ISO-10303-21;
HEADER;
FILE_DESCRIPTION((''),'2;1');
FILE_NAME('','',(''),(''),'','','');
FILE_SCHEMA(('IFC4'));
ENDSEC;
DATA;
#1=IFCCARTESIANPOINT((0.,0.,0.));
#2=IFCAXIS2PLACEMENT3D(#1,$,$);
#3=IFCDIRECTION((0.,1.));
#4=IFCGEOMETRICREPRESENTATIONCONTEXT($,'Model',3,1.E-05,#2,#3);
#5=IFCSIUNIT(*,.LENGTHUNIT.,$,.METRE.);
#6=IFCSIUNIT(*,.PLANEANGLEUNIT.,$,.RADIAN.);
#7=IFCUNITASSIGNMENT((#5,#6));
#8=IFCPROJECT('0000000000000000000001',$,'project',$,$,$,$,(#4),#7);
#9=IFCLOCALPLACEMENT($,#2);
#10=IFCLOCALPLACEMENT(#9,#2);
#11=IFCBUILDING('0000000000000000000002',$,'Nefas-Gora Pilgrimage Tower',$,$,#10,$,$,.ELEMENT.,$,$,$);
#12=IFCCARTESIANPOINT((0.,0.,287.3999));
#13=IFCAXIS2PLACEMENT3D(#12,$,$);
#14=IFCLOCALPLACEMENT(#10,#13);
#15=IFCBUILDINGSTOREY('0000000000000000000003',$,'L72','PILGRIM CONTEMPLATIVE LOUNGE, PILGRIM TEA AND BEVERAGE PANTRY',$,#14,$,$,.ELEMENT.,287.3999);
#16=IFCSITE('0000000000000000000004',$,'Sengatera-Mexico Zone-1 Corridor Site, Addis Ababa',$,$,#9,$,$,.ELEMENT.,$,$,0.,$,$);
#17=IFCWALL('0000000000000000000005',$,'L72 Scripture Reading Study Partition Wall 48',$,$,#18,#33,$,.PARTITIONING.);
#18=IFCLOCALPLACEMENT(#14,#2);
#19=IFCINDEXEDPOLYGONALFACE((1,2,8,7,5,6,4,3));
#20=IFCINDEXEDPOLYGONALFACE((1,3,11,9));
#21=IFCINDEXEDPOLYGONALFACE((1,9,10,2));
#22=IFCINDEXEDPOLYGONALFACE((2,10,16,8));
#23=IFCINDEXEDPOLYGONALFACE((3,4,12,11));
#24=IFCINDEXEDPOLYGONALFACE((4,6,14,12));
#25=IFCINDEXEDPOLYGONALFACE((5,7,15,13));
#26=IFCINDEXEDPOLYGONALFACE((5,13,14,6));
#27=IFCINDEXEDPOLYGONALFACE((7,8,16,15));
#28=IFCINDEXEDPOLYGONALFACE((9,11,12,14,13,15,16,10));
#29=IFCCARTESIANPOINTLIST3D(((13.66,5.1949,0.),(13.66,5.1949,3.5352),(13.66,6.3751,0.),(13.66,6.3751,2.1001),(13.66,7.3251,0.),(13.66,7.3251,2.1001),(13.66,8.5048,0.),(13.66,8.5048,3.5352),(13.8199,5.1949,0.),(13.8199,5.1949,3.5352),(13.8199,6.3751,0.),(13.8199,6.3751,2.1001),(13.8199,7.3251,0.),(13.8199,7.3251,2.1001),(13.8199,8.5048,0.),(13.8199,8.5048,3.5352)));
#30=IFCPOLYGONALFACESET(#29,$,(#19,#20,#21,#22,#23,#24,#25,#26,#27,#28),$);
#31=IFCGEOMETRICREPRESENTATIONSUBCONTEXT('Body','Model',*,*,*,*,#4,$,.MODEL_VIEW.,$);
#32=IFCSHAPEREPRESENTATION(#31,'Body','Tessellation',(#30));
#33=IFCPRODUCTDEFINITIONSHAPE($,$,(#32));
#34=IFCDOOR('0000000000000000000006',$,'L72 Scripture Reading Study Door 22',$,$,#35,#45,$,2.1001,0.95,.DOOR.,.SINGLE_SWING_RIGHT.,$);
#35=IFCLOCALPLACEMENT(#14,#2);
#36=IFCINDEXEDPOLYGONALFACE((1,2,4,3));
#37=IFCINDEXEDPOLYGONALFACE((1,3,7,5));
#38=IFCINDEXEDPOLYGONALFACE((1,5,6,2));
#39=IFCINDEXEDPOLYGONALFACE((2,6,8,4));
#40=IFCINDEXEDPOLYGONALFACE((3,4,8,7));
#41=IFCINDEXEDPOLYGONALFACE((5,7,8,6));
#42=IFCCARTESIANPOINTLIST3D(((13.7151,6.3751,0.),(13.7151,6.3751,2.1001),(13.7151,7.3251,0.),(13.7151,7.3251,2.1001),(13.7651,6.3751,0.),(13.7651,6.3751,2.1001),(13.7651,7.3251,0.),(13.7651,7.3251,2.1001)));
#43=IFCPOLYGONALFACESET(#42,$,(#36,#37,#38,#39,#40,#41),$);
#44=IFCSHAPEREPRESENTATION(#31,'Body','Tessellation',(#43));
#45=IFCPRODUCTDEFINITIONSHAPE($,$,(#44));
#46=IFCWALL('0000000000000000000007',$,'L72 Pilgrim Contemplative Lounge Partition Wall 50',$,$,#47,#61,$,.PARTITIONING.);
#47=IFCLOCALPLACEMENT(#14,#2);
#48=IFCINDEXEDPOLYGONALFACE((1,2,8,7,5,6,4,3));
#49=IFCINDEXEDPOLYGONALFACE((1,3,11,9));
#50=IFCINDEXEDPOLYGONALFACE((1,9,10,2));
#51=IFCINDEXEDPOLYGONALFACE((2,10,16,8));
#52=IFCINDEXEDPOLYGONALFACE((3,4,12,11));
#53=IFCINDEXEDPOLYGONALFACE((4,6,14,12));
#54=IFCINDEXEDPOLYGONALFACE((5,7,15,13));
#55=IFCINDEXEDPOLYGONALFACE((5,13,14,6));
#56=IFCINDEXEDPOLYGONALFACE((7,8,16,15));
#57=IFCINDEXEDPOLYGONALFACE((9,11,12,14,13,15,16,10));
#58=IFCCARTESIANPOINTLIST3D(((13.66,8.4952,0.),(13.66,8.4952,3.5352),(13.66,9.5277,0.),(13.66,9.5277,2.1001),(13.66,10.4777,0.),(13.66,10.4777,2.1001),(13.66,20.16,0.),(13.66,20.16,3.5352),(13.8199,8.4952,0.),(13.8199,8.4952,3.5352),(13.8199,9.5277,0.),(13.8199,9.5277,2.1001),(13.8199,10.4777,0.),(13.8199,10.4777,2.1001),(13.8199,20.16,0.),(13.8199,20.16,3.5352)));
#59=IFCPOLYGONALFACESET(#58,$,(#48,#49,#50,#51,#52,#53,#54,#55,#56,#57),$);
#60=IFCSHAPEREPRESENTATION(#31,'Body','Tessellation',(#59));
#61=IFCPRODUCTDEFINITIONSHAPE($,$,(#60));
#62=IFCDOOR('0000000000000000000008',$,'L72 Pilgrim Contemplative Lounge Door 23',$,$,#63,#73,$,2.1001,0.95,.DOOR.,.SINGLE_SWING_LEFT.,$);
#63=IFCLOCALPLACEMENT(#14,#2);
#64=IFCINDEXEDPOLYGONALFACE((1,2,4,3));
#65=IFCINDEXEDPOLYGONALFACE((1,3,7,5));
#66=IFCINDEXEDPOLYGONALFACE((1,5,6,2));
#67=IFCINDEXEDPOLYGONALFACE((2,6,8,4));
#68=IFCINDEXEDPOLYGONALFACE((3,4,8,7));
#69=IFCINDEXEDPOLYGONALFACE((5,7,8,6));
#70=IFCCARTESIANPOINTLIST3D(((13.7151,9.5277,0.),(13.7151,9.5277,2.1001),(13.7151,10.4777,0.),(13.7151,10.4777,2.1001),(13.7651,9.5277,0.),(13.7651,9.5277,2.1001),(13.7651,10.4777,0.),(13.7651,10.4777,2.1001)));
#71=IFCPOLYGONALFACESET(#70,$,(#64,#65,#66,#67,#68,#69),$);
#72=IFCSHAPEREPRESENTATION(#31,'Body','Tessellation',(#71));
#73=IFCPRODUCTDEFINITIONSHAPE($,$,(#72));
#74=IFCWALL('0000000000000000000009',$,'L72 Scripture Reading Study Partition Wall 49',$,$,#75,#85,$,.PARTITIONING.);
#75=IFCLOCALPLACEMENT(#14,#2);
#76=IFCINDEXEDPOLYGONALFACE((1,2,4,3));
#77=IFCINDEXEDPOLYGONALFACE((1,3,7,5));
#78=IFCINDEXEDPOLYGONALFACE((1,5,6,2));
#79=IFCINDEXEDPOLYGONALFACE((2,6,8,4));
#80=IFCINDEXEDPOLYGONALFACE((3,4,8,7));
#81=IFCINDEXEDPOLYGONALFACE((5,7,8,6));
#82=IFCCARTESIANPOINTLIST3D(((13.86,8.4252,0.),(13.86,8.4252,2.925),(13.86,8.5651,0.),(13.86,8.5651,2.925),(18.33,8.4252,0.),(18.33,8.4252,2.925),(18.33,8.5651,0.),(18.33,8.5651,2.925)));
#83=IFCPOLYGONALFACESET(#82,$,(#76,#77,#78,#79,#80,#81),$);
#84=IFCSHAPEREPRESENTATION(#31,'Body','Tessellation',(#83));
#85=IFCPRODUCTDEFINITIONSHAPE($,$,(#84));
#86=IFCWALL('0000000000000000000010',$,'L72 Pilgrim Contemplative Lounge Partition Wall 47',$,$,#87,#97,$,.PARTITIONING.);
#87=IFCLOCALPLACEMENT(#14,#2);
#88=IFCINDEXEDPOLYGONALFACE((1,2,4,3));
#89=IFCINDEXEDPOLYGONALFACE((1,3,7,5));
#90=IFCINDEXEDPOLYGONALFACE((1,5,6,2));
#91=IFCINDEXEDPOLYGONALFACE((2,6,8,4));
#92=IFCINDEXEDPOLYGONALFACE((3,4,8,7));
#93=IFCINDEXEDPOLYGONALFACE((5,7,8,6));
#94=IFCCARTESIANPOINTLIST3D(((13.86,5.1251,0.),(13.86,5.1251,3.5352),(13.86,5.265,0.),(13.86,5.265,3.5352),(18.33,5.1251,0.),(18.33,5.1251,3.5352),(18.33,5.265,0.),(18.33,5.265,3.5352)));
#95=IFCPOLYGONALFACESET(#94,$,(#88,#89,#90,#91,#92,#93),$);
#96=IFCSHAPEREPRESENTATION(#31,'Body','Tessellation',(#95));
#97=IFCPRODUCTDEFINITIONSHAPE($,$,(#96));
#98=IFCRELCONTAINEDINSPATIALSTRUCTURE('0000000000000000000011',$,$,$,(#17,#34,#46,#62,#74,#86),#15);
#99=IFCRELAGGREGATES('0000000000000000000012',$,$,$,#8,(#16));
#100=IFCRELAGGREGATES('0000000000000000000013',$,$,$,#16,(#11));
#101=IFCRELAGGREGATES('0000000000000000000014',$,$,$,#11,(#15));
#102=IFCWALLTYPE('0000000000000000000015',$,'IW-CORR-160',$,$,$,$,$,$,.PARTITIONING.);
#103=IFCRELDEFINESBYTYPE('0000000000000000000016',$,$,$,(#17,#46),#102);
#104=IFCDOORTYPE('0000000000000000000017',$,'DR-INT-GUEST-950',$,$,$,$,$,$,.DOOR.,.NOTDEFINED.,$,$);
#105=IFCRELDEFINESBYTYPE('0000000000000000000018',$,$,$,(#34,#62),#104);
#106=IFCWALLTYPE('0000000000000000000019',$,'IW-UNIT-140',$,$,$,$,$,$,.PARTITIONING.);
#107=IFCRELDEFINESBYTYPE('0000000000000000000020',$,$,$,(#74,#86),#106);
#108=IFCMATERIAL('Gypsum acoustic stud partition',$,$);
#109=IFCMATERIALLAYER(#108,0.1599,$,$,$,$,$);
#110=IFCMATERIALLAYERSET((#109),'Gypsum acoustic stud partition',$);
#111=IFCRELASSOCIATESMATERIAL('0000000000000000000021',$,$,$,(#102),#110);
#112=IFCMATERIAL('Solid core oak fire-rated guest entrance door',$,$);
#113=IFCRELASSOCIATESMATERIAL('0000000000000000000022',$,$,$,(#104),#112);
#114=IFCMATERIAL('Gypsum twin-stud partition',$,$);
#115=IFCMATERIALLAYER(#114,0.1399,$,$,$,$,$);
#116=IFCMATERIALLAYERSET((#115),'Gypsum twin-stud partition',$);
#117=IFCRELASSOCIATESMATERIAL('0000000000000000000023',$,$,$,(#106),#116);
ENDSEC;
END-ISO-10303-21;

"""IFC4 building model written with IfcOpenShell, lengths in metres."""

from ifc_helpers import new_model, si_unit, direction, frame, frame_2d, origin, place, context, subcontext, project, spatial, rectangle, extrude, source, transform, mapped, material, layer, layer_set, type_object, element, fill, save


model = new_model("IFC4")

# Units and contexts
model_context = context("Model", 3, precision=1e-05, world=origin(), true_north=direction((0.0, 1.0)))
body_context = subcontext(model_context, "Body", "Model", "MODEL_VIEW")
ifc_project = project(units=[si_unit("LENGTHUNIT", "METRE"), si_unit("PLANEANGLEUNIT", "RADIAN")], contexts=[model_context])

# Site, building, storey
site_placement = place(None, origin())
site = spatial("IfcSite", under=ifc_project, at=site_placement, Name="Sengatera-Mexico Zone-1 Corridor Site, Addis Ababa", CompositionType="ELEMENT", RefElevation=0.0)
building_placement = place(site_placement, origin())
building = spatial("IfcBuilding", under=site, at=building_placement, Name="Nefas-Gora Pilgrimage Tower", CompositionType="ELEMENT")
storey_placement = place(building_placement, frame((0.0, 0.0, 287.3999)))
storey = spatial("IfcBuildingStorey", under=building, at=storey_placement, Name="L72", Description="PILGRIM CONTEMPLATIVE LOUNGE, PILGRIM TEA AND BEVERAGE PANTRY", CompositionType="ELEMENT", Elevation=287.3999)

# Walls, openings, doors
ifc_material_1 = material(Name="Gypsum acoustic stud partition")
ifc_layer_1 = layer(ifc_material_1, 0.1599)
ifc_layer_set_1 = layer_set([ifc_layer_1], Name="Gypsum acoustic stud partition")
wall_type_1 = type_object("IfcWallType", Name="IW-CORR-160", PredefinedType="PARTITIONING", material=ifc_layer_set_1)
shared_shape_1 = source(origin(), body_context, "Body", "SweptSolid", [
    extrude(rectangle(XDim=3.3098, YDim=0.1599, at=frame_2d((1.6548, 0.0))), origin(), (0.0, 0.0, 1.0), 3.5352),
])
wall_1_placement = place(storey_placement, frame((13.74, 5.1951, 0.0), z_axis=(0.0, 0.0, 1.0), x_axis=(0.0, 1.0, 0.0)))
wall_1 = element("IfcWall", 1, at=wall_1_placement, inside=storey, type_object=wall_type_1, Name="L72 Scripture Reading Study Partition Wall 48", PredefinedType="PARTITIONING", context=body_context, shape_type="MappedRepresentation", body=[
    mapped(shared_shape_1, transform((0.0, 0.0, 0.0), x_axis=(1.0, 0.0, 0.0), y_axis=(0.0, 1.0, 0.0), z_axis=(0.0, 0.0, 1.0), scale=1.0)),
])
opening_1_placement = place(wall_1_placement, frame((1.1799, 0.0, 0.0)))
opening_1 = element("IfcOpeningElement", 2, at=opening_1_placement, cuts=wall_1, PredefinedType="OPENING", context=body_context, shape_type="SweptSolid", body=[
    extrude(rectangle(XDim=0.95, YDim=2.1001, at=frame_2d((0.4751, 1.05))), frame((0.0, 0.0898, 0.0), z_axis=(0.0, -1.0, 0.0), x_axis=(1.0, 0.0, 0.0)), (0.0, 0.0, 1.0), 0.1799),
])
ifc_material_2 = material(Name="Solid core oak fire-rated guest entrance door")
door_type = type_object("IfcDoorType", Name="DR-INT-GUEST-950", OperationType="NOTDEFINED", PredefinedType="DOOR", material=ifc_material_2)
shared_shape_2 = source(origin(), body_context, "Body", "SweptSolid", [
    extrude(rectangle(XDim=0.95, YDim=2.1001, at=frame_2d((0.4751, 1.05))), frame((0.0, 0.0249, 0.0), z_axis=(0.0, -1.0, 0.0), x_axis=(1.0, 0.0, 0.0)), (0.0, 0.0, 1.0), 0.05),
])
door_1_placement = place(opening_1_placement, origin())
door_1 = element("IfcDoor", 3, at=door_1_placement, inside=storey, type_object=door_type, Name="L72 Scripture Reading Study Door 22", OperationType="SINGLE_SWING_RIGHT", OverallHeight=2.1001, OverallWidth=0.95, PredefinedType="DOOR", context=body_context, shape_type="MappedRepresentation", body=[
    mapped(shared_shape_2, transform((0.0, 0.0, 0.0), x_axis=(1.0, 0.0, 0.0), y_axis=(0.0, 1.0, 0.0), z_axis=(0.0, 0.0, 1.0), scale=1.0)),
])
fill(opening_1, door_1)
shared_shape_3 = source(origin(), body_context, "Body", "SweptSolid", [
    extrude(rectangle(XDim=11.6648, YDim=0.1599, at=frame_2d((5.8325, 0.0))), origin(), (0.0, 0.0, 1.0), 3.5352),
])
wall_2_placement = place(storey_placement, frame((13.74, 8.4951, 0.0), z_axis=(0.0, 0.0, 1.0), x_axis=(0.0, 1.0, 0.0)))
wall_2 = element("IfcWall", 4, at=wall_2_placement, inside=storey, type_object=wall_type_1, Name="L72 Pilgrim Contemplative Lounge Partition Wall 50", PredefinedType="PARTITIONING", context=body_context, shape_type="MappedRepresentation", body=[
    mapped(shared_shape_3, transform((0.0, 0.0, 0.0), x_axis=(1.0, 0.0, 0.0), y_axis=(0.0, 1.0, 0.0), z_axis=(0.0, 0.0, 1.0), scale=1.0)),
])
opening_2_placement = place(wall_2_placement, frame((1.0325, 0.0, 0.0)))
opening_2 = element("IfcOpeningElement", 5, at=opening_2_placement, cuts=wall_2, PredefinedType="OPENING", context=body_context, shape_type="SweptSolid", body=[
    extrude(rectangle(XDim=0.95, YDim=2.1001, at=frame_2d((0.4751, 1.05))), frame((0.0, 0.0898, 0.0), z_axis=(0.0, -1.0, 0.0), x_axis=(1.0, 0.0, 0.0)), (0.0, 0.0, 1.0), 0.1799),
])
door_2_placement = place(opening_2_placement, origin())
door_2 = element("IfcDoor", 6, at=door_2_placement, inside=storey, type_object=door_type, Name="L72 Pilgrim Contemplative Lounge Door 23", OperationType="SINGLE_SWING_LEFT", OverallHeight=2.1001, OverallWidth=0.95, PredefinedType="DOOR", context=body_context, shape_type="MappedRepresentation", body=[
    mapped(shared_shape_2, transform((0.0, 0.0, 0.0), x_axis=(1.0, 0.0, 0.0), y_axis=(0.0, 1.0, 0.0), z_axis=(0.0, 0.0, 1.0), scale=1.0)),
])
fill(opening_2, door_2)

# Walls
ifc_material_3 = material(Name="Gypsum twin-stud partition")
ifc_layer_2 = layer(ifc_material_3, 0.1399)
ifc_layer_set_2 = layer_set([ifc_layer_2], Name="Gypsum twin-stud partition")
wall_type_2 = type_object("IfcWallType", Name="IW-UNIT-140", PredefinedType="PARTITIONING", material=ifc_layer_set_2)
shared_shape_4 = source(origin(), body_context, "Body", "SweptSolid", [
    extrude(rectangle(XDim=4.47, YDim=0.1399, at=frame_2d((2.2349, 0.0))), origin(), (0.0, 0.0, 1.0), 2.925),
])
wall_3_placement = place(storey_placement, frame((13.8601, 8.4951, 0.0), z_axis=(0.0, 0.0, 1.0), x_axis=(1.0, 0.0, 0.0)))
element("IfcWall", 7, at=wall_3_placement, inside=storey, type_object=wall_type_2, Name="L72 Scripture Reading Study Partition Wall 49", PredefinedType="PARTITIONING", context=body_context, shape_type="MappedRepresentation", body=[
    mapped(shared_shape_4, transform((0.0, 0.0, 0.0), x_axis=(1.0, 0.0, 0.0), y_axis=(0.0, 1.0, 0.0), z_axis=(0.0, 0.0, 1.0), scale=1.0)),
])
shared_shape_5 = source(origin(), body_context, "Body", "SweptSolid", [
    extrude(rectangle(XDim=4.47, YDim=0.1399, at=frame_2d((2.2349, 0.0))), origin(), (0.0, 0.0, 1.0), 3.5352),
])
wall_4_placement = place(storey_placement, frame((13.8601, 5.1951, 0.0), z_axis=(0.0, 0.0, 1.0), x_axis=(1.0, 0.0, 0.0)))
element("IfcWall", 8, at=wall_4_placement, inside=storey, type_object=wall_type_2, Name="L72 Pilgrim Contemplative Lounge Partition Wall 47", PredefinedType="PARTITIONING", context=body_context, shape_type="MappedRepresentation", body=[
    mapped(shared_shape_5, transform((0.0, 0.0, 0.0), x_axis=(1.0, 0.0, 0.0), y_axis=(0.0, 1.0, 0.0), z_axis=(0.0, 0.0, 1.0), scale=1.0)),
])

save(model, "model.ifc")
